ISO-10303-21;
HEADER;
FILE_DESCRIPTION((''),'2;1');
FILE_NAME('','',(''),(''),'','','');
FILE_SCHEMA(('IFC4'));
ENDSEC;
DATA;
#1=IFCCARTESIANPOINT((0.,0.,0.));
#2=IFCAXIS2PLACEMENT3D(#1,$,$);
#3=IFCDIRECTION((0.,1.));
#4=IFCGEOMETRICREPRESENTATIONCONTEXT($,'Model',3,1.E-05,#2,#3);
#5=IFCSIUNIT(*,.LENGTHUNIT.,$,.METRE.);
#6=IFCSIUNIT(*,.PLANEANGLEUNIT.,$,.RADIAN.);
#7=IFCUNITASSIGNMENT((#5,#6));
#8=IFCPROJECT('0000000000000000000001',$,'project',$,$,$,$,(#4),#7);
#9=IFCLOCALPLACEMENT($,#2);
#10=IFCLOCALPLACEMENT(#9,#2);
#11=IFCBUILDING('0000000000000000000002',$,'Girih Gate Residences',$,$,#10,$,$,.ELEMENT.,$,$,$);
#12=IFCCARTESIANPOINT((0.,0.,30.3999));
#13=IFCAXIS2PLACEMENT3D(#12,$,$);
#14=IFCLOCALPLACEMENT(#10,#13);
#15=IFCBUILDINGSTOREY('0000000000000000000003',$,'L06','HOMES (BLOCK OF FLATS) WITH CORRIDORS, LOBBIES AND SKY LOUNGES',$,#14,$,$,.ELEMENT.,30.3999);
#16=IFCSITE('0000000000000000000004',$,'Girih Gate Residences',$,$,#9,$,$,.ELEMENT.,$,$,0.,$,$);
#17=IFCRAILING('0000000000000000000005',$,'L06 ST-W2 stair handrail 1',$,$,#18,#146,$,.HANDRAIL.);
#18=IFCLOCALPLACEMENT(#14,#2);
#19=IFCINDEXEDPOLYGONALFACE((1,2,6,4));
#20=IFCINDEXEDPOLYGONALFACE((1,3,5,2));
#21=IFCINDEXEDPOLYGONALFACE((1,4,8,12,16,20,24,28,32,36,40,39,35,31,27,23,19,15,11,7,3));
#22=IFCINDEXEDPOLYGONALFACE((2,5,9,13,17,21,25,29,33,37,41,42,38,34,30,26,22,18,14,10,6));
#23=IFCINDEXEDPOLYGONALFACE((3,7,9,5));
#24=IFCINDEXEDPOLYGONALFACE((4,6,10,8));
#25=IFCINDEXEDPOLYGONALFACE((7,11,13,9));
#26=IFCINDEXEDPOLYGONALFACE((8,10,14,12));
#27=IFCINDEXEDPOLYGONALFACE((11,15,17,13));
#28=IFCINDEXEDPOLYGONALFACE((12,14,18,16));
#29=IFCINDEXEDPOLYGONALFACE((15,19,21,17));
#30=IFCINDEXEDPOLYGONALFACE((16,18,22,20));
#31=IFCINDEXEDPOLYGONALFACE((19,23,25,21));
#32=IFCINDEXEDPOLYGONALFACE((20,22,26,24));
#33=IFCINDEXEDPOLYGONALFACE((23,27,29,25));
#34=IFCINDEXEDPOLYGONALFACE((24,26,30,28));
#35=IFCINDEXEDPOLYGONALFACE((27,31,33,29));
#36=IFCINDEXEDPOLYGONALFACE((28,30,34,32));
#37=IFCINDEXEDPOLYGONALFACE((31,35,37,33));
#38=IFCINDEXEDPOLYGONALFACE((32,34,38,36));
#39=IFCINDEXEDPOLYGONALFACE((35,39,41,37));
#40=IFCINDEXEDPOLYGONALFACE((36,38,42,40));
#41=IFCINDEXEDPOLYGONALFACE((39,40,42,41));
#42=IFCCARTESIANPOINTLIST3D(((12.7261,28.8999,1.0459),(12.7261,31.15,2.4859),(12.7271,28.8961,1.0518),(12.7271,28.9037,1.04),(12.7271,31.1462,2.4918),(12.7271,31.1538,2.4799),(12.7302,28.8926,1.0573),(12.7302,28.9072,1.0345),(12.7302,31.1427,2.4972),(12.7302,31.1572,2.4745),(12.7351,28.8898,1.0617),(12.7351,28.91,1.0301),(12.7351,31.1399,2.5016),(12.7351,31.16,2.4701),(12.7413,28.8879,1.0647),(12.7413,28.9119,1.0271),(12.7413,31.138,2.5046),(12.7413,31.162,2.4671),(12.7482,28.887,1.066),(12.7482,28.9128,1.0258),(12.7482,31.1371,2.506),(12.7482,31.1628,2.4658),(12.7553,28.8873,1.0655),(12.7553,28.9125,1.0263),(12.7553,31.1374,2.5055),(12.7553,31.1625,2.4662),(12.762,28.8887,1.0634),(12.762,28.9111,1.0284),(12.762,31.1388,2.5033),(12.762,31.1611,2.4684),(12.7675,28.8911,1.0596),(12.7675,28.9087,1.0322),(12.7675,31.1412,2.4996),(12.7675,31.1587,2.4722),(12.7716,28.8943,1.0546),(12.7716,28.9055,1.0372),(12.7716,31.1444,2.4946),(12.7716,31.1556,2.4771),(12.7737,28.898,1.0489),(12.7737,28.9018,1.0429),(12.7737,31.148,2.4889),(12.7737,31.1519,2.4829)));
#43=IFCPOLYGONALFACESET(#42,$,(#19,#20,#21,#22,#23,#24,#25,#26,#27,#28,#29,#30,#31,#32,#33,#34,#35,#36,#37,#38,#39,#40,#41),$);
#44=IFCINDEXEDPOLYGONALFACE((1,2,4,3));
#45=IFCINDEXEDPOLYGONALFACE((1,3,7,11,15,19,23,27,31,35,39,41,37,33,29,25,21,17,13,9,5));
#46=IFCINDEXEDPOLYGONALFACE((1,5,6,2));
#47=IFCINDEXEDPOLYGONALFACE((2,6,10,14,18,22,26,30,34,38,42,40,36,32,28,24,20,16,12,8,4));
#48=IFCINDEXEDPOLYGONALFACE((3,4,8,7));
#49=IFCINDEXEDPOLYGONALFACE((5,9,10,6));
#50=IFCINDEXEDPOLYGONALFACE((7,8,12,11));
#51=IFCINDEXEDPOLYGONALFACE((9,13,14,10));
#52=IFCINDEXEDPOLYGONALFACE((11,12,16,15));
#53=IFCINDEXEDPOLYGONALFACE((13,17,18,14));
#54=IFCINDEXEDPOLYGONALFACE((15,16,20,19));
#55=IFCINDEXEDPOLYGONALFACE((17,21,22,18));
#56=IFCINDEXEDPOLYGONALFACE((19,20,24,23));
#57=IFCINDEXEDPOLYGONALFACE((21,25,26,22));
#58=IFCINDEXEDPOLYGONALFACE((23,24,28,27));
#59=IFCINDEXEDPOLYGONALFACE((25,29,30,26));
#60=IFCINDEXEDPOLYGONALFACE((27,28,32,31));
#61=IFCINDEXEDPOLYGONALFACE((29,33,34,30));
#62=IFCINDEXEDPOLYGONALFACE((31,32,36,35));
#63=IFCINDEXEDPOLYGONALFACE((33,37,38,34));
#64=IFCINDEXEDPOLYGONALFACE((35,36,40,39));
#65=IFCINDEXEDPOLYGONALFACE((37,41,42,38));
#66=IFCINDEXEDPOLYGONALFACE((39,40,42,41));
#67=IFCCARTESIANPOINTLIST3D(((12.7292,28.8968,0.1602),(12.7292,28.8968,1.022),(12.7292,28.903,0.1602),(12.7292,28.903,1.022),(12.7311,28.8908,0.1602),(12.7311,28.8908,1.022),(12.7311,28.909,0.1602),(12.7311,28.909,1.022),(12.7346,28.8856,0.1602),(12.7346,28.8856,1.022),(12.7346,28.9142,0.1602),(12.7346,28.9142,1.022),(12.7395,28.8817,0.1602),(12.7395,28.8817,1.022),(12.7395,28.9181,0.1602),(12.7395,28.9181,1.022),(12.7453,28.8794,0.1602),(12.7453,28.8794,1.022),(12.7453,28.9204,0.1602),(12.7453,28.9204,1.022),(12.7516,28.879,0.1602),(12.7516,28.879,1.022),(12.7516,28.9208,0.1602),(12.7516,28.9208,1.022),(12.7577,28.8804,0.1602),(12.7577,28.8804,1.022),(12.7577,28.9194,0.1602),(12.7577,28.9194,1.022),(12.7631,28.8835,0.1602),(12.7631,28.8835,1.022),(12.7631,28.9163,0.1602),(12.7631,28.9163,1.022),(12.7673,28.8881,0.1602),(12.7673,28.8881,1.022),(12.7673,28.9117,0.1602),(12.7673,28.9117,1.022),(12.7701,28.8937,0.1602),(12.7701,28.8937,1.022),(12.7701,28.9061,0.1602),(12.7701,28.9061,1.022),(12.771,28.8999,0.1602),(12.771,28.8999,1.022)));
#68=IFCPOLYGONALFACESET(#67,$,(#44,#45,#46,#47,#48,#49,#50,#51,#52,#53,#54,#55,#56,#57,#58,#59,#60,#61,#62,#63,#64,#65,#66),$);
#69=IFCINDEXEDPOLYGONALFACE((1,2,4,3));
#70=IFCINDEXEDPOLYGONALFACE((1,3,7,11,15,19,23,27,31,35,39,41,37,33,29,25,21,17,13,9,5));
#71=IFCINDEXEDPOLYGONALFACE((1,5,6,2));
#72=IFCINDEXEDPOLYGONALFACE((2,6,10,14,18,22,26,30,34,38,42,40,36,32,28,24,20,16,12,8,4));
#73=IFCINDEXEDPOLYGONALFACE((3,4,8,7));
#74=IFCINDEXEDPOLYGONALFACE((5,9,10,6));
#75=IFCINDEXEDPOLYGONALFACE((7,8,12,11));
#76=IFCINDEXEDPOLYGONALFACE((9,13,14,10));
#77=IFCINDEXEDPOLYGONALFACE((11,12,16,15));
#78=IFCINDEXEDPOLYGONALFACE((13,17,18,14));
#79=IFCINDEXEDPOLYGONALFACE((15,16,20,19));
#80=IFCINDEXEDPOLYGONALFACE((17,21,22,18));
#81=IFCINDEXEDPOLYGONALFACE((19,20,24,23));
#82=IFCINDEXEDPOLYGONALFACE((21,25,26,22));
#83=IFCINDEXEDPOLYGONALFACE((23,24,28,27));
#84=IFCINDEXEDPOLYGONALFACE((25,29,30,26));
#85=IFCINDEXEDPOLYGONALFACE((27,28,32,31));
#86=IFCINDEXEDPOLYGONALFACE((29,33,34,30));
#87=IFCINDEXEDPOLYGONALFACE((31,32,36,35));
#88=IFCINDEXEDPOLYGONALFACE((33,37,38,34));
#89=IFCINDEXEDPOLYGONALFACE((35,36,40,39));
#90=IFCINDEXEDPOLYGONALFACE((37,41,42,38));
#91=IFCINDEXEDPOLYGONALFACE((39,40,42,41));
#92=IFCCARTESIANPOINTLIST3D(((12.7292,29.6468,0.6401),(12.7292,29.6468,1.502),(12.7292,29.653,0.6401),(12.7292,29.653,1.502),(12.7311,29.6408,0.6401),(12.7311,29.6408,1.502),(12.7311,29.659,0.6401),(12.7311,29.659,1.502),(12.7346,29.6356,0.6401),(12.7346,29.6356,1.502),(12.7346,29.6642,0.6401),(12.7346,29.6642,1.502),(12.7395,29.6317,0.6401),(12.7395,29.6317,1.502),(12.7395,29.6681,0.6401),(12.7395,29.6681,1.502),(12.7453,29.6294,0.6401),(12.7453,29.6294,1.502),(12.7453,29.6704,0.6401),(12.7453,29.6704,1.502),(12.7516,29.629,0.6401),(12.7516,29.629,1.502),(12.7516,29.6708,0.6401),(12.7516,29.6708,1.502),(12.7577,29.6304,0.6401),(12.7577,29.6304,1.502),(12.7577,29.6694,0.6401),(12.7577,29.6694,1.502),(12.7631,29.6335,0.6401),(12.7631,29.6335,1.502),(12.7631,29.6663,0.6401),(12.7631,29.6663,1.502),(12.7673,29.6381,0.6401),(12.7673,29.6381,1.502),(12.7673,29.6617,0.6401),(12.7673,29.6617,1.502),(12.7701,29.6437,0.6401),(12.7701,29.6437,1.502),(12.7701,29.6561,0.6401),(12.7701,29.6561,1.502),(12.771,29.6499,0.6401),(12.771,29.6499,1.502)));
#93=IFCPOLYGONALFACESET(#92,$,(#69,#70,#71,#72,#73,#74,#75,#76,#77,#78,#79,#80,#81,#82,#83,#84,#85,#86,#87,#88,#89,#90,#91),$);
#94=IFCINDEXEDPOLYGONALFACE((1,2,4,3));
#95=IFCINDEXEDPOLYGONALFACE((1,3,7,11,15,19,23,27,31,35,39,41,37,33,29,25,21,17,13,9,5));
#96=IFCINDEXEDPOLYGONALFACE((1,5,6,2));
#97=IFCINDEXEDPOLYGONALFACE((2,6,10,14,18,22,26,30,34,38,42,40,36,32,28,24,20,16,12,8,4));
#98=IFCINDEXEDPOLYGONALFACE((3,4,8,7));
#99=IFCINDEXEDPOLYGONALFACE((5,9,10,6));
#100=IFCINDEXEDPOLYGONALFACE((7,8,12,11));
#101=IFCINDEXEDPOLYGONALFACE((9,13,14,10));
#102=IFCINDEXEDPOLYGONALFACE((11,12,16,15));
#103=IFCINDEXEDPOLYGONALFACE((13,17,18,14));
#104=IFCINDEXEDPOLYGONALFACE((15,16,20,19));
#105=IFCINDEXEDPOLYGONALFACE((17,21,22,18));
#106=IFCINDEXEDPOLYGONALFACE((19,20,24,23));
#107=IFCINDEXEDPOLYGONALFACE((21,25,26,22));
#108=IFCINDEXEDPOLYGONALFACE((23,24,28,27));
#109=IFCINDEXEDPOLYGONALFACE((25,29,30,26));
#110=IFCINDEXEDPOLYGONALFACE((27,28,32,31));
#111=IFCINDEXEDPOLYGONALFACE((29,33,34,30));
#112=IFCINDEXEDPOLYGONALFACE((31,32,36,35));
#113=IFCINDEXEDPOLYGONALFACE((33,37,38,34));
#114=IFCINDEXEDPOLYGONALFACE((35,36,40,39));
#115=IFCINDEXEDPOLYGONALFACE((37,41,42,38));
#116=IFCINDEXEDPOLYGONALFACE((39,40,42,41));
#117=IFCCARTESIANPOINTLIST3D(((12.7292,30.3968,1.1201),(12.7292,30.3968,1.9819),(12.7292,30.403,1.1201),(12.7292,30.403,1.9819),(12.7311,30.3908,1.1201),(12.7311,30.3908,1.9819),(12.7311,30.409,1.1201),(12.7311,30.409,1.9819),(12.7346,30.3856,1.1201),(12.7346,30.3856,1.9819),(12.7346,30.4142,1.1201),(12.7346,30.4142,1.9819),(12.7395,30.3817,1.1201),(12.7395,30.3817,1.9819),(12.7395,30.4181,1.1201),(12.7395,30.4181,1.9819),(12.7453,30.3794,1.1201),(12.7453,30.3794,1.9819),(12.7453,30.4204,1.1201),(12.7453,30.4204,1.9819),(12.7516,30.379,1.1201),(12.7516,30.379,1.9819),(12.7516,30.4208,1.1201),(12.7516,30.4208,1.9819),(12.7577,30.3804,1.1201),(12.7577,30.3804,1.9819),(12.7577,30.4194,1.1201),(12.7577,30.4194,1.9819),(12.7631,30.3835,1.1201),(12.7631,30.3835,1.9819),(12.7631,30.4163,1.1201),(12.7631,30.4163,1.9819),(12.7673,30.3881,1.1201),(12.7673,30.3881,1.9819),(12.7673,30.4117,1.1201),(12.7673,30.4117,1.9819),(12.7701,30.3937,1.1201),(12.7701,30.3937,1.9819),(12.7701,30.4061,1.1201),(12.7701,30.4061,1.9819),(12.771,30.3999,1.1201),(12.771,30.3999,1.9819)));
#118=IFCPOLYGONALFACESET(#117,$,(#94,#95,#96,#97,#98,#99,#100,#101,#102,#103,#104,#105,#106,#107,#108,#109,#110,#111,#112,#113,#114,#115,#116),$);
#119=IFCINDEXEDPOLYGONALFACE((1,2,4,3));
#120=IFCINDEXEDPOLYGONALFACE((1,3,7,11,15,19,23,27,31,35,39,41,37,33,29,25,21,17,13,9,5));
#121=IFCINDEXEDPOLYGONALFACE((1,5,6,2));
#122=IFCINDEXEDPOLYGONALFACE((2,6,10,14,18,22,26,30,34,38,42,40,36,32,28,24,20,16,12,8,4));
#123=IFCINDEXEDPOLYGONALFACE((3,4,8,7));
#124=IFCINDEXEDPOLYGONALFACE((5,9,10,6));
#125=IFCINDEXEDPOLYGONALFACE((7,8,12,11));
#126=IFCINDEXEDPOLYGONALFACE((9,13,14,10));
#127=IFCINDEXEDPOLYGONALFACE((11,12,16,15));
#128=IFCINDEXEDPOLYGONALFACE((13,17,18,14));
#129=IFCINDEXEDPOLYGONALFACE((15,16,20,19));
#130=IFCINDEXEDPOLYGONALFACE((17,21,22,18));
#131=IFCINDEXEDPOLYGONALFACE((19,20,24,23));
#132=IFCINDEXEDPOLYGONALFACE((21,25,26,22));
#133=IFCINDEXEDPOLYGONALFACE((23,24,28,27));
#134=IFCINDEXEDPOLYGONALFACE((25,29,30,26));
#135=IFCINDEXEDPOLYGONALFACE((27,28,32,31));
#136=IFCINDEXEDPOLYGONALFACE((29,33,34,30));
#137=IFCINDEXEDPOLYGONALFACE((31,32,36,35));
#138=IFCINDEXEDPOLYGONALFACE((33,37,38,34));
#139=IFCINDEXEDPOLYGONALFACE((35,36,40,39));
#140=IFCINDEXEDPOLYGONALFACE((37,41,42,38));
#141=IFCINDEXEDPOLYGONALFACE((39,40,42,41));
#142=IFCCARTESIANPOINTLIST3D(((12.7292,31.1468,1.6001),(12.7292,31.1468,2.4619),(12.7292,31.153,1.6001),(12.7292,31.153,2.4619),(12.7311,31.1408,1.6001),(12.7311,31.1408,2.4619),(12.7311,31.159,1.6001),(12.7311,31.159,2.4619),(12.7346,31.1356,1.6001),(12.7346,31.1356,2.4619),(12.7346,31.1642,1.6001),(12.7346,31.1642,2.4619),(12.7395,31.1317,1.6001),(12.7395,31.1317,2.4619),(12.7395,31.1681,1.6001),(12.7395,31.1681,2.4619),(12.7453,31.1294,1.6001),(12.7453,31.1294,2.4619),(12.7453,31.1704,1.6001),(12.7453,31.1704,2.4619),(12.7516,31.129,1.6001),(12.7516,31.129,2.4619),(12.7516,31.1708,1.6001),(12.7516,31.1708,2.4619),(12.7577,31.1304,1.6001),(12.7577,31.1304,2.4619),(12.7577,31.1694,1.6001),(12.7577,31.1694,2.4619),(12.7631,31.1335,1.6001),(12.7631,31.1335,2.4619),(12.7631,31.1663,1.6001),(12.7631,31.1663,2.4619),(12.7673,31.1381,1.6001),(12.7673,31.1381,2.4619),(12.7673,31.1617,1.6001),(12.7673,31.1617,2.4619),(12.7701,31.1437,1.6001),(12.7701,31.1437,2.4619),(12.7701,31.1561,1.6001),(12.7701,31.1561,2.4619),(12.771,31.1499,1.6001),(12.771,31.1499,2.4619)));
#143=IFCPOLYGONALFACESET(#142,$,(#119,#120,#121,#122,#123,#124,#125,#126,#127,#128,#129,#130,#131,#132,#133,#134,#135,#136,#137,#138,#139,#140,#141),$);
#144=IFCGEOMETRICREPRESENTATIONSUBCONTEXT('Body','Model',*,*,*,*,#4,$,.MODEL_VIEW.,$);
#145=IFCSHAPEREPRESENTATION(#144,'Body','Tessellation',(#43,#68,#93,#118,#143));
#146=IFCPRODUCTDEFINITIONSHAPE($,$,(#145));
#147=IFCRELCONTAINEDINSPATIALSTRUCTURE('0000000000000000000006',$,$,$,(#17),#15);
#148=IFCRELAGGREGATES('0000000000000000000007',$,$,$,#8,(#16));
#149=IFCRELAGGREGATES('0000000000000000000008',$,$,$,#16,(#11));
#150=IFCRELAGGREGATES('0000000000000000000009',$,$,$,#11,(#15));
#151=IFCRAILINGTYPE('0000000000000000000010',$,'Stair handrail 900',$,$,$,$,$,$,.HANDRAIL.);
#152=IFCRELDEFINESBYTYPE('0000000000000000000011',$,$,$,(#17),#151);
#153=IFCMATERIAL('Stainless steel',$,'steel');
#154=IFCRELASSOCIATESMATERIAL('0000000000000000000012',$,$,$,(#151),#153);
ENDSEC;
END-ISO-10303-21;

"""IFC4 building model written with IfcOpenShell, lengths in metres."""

from ifc_helpers import new_model, si_unit, direction, frame, origin, origin_2d, place, context, subcontext, project, spatial, circle, extrude, material, type_object, element, save


model = new_model("IFC4")

# Units and contexts
model_context = context("Model", 3, precision=1e-05, world=origin(), true_north=direction((0.0, 1.0)))
body_context = subcontext(model_context, "Body", "Model", "MODEL_VIEW")
ifc_project = project(units=[si_unit("LENGTHUNIT", "METRE"), si_unit("PLANEANGLEUNIT", "RADIAN")], contexts=[model_context])

# Site, building, storey
site_placement = place(None, origin())
site = spatial("IfcSite", under=ifc_project, at=site_placement, Name="Girih Gate Residences", CompositionType="ELEMENT", RefElevation=0.0)
building_placement = place(site_placement, origin())
building = spatial("IfcBuilding", under=site, at=building_placement, Name="Girih Gate Residences", CompositionType="ELEMENT")
storey_placement = place(building_placement, frame((0.0, 0.0, 30.3999)))
storey = spatial("IfcBuildingStorey", under=building, at=storey_placement, Name="L06", Description="HOMES (BLOCK OF FLATS) WITH CORRIDORS, LOBBIES AND SKY LOUNGES", CompositionType="ELEMENT", Elevation=30.3999)

# Railing
ifc_material_1 = material(Name="Stainless steel", Category="steel")
railing_type_1 = type_object("IfcRailingType", Name="Stair handrail 900", PredefinedType="HANDRAIL", material=ifc_material_1)
railing_1_placement = place(storey_placement, frame((12.75, 28.8999, 0.1602)))
element("IfcRailing", 1, at=railing_1_placement, inside=storey, type_object=railing_type_1, Name="L06 ST-W2 stair handrail 1", PredefinedType="HANDRAIL", context=body_context, shape_type="SweptSolid", body=[
    extrude(circle(Radius=0.0239, at=origin_2d()), frame((0.0, 0.0, 0.8857), z_axis=(0.0, 0.842281, 0.539038), x_axis=(-1.0, 0.0, 0.0)), (0.0, 0.0, 1.0), 2.6714),
    extrude(circle(Radius=0.021, at=origin_2d()), origin(), (0.0, 0.0, 1.0), 0.8618),
    extrude(circle(Radius=0.021, at=origin_2d()), frame((0.0, 0.75, 0.48)), (0.0, 0.0, 1.0), 0.8618),
    extrude(circle(Radius=0.021, at=origin_2d()), frame((0.0, 1.5, 0.96)), (0.0, 0.0, 1.0), 0.8618),
    extrude(circle(Radius=0.021, at=origin_2d()), frame((0.0, 2.25, 1.4399)), (0.0, 0.0, 1.0), 0.8618),
])

save(model, "model.ifc")
